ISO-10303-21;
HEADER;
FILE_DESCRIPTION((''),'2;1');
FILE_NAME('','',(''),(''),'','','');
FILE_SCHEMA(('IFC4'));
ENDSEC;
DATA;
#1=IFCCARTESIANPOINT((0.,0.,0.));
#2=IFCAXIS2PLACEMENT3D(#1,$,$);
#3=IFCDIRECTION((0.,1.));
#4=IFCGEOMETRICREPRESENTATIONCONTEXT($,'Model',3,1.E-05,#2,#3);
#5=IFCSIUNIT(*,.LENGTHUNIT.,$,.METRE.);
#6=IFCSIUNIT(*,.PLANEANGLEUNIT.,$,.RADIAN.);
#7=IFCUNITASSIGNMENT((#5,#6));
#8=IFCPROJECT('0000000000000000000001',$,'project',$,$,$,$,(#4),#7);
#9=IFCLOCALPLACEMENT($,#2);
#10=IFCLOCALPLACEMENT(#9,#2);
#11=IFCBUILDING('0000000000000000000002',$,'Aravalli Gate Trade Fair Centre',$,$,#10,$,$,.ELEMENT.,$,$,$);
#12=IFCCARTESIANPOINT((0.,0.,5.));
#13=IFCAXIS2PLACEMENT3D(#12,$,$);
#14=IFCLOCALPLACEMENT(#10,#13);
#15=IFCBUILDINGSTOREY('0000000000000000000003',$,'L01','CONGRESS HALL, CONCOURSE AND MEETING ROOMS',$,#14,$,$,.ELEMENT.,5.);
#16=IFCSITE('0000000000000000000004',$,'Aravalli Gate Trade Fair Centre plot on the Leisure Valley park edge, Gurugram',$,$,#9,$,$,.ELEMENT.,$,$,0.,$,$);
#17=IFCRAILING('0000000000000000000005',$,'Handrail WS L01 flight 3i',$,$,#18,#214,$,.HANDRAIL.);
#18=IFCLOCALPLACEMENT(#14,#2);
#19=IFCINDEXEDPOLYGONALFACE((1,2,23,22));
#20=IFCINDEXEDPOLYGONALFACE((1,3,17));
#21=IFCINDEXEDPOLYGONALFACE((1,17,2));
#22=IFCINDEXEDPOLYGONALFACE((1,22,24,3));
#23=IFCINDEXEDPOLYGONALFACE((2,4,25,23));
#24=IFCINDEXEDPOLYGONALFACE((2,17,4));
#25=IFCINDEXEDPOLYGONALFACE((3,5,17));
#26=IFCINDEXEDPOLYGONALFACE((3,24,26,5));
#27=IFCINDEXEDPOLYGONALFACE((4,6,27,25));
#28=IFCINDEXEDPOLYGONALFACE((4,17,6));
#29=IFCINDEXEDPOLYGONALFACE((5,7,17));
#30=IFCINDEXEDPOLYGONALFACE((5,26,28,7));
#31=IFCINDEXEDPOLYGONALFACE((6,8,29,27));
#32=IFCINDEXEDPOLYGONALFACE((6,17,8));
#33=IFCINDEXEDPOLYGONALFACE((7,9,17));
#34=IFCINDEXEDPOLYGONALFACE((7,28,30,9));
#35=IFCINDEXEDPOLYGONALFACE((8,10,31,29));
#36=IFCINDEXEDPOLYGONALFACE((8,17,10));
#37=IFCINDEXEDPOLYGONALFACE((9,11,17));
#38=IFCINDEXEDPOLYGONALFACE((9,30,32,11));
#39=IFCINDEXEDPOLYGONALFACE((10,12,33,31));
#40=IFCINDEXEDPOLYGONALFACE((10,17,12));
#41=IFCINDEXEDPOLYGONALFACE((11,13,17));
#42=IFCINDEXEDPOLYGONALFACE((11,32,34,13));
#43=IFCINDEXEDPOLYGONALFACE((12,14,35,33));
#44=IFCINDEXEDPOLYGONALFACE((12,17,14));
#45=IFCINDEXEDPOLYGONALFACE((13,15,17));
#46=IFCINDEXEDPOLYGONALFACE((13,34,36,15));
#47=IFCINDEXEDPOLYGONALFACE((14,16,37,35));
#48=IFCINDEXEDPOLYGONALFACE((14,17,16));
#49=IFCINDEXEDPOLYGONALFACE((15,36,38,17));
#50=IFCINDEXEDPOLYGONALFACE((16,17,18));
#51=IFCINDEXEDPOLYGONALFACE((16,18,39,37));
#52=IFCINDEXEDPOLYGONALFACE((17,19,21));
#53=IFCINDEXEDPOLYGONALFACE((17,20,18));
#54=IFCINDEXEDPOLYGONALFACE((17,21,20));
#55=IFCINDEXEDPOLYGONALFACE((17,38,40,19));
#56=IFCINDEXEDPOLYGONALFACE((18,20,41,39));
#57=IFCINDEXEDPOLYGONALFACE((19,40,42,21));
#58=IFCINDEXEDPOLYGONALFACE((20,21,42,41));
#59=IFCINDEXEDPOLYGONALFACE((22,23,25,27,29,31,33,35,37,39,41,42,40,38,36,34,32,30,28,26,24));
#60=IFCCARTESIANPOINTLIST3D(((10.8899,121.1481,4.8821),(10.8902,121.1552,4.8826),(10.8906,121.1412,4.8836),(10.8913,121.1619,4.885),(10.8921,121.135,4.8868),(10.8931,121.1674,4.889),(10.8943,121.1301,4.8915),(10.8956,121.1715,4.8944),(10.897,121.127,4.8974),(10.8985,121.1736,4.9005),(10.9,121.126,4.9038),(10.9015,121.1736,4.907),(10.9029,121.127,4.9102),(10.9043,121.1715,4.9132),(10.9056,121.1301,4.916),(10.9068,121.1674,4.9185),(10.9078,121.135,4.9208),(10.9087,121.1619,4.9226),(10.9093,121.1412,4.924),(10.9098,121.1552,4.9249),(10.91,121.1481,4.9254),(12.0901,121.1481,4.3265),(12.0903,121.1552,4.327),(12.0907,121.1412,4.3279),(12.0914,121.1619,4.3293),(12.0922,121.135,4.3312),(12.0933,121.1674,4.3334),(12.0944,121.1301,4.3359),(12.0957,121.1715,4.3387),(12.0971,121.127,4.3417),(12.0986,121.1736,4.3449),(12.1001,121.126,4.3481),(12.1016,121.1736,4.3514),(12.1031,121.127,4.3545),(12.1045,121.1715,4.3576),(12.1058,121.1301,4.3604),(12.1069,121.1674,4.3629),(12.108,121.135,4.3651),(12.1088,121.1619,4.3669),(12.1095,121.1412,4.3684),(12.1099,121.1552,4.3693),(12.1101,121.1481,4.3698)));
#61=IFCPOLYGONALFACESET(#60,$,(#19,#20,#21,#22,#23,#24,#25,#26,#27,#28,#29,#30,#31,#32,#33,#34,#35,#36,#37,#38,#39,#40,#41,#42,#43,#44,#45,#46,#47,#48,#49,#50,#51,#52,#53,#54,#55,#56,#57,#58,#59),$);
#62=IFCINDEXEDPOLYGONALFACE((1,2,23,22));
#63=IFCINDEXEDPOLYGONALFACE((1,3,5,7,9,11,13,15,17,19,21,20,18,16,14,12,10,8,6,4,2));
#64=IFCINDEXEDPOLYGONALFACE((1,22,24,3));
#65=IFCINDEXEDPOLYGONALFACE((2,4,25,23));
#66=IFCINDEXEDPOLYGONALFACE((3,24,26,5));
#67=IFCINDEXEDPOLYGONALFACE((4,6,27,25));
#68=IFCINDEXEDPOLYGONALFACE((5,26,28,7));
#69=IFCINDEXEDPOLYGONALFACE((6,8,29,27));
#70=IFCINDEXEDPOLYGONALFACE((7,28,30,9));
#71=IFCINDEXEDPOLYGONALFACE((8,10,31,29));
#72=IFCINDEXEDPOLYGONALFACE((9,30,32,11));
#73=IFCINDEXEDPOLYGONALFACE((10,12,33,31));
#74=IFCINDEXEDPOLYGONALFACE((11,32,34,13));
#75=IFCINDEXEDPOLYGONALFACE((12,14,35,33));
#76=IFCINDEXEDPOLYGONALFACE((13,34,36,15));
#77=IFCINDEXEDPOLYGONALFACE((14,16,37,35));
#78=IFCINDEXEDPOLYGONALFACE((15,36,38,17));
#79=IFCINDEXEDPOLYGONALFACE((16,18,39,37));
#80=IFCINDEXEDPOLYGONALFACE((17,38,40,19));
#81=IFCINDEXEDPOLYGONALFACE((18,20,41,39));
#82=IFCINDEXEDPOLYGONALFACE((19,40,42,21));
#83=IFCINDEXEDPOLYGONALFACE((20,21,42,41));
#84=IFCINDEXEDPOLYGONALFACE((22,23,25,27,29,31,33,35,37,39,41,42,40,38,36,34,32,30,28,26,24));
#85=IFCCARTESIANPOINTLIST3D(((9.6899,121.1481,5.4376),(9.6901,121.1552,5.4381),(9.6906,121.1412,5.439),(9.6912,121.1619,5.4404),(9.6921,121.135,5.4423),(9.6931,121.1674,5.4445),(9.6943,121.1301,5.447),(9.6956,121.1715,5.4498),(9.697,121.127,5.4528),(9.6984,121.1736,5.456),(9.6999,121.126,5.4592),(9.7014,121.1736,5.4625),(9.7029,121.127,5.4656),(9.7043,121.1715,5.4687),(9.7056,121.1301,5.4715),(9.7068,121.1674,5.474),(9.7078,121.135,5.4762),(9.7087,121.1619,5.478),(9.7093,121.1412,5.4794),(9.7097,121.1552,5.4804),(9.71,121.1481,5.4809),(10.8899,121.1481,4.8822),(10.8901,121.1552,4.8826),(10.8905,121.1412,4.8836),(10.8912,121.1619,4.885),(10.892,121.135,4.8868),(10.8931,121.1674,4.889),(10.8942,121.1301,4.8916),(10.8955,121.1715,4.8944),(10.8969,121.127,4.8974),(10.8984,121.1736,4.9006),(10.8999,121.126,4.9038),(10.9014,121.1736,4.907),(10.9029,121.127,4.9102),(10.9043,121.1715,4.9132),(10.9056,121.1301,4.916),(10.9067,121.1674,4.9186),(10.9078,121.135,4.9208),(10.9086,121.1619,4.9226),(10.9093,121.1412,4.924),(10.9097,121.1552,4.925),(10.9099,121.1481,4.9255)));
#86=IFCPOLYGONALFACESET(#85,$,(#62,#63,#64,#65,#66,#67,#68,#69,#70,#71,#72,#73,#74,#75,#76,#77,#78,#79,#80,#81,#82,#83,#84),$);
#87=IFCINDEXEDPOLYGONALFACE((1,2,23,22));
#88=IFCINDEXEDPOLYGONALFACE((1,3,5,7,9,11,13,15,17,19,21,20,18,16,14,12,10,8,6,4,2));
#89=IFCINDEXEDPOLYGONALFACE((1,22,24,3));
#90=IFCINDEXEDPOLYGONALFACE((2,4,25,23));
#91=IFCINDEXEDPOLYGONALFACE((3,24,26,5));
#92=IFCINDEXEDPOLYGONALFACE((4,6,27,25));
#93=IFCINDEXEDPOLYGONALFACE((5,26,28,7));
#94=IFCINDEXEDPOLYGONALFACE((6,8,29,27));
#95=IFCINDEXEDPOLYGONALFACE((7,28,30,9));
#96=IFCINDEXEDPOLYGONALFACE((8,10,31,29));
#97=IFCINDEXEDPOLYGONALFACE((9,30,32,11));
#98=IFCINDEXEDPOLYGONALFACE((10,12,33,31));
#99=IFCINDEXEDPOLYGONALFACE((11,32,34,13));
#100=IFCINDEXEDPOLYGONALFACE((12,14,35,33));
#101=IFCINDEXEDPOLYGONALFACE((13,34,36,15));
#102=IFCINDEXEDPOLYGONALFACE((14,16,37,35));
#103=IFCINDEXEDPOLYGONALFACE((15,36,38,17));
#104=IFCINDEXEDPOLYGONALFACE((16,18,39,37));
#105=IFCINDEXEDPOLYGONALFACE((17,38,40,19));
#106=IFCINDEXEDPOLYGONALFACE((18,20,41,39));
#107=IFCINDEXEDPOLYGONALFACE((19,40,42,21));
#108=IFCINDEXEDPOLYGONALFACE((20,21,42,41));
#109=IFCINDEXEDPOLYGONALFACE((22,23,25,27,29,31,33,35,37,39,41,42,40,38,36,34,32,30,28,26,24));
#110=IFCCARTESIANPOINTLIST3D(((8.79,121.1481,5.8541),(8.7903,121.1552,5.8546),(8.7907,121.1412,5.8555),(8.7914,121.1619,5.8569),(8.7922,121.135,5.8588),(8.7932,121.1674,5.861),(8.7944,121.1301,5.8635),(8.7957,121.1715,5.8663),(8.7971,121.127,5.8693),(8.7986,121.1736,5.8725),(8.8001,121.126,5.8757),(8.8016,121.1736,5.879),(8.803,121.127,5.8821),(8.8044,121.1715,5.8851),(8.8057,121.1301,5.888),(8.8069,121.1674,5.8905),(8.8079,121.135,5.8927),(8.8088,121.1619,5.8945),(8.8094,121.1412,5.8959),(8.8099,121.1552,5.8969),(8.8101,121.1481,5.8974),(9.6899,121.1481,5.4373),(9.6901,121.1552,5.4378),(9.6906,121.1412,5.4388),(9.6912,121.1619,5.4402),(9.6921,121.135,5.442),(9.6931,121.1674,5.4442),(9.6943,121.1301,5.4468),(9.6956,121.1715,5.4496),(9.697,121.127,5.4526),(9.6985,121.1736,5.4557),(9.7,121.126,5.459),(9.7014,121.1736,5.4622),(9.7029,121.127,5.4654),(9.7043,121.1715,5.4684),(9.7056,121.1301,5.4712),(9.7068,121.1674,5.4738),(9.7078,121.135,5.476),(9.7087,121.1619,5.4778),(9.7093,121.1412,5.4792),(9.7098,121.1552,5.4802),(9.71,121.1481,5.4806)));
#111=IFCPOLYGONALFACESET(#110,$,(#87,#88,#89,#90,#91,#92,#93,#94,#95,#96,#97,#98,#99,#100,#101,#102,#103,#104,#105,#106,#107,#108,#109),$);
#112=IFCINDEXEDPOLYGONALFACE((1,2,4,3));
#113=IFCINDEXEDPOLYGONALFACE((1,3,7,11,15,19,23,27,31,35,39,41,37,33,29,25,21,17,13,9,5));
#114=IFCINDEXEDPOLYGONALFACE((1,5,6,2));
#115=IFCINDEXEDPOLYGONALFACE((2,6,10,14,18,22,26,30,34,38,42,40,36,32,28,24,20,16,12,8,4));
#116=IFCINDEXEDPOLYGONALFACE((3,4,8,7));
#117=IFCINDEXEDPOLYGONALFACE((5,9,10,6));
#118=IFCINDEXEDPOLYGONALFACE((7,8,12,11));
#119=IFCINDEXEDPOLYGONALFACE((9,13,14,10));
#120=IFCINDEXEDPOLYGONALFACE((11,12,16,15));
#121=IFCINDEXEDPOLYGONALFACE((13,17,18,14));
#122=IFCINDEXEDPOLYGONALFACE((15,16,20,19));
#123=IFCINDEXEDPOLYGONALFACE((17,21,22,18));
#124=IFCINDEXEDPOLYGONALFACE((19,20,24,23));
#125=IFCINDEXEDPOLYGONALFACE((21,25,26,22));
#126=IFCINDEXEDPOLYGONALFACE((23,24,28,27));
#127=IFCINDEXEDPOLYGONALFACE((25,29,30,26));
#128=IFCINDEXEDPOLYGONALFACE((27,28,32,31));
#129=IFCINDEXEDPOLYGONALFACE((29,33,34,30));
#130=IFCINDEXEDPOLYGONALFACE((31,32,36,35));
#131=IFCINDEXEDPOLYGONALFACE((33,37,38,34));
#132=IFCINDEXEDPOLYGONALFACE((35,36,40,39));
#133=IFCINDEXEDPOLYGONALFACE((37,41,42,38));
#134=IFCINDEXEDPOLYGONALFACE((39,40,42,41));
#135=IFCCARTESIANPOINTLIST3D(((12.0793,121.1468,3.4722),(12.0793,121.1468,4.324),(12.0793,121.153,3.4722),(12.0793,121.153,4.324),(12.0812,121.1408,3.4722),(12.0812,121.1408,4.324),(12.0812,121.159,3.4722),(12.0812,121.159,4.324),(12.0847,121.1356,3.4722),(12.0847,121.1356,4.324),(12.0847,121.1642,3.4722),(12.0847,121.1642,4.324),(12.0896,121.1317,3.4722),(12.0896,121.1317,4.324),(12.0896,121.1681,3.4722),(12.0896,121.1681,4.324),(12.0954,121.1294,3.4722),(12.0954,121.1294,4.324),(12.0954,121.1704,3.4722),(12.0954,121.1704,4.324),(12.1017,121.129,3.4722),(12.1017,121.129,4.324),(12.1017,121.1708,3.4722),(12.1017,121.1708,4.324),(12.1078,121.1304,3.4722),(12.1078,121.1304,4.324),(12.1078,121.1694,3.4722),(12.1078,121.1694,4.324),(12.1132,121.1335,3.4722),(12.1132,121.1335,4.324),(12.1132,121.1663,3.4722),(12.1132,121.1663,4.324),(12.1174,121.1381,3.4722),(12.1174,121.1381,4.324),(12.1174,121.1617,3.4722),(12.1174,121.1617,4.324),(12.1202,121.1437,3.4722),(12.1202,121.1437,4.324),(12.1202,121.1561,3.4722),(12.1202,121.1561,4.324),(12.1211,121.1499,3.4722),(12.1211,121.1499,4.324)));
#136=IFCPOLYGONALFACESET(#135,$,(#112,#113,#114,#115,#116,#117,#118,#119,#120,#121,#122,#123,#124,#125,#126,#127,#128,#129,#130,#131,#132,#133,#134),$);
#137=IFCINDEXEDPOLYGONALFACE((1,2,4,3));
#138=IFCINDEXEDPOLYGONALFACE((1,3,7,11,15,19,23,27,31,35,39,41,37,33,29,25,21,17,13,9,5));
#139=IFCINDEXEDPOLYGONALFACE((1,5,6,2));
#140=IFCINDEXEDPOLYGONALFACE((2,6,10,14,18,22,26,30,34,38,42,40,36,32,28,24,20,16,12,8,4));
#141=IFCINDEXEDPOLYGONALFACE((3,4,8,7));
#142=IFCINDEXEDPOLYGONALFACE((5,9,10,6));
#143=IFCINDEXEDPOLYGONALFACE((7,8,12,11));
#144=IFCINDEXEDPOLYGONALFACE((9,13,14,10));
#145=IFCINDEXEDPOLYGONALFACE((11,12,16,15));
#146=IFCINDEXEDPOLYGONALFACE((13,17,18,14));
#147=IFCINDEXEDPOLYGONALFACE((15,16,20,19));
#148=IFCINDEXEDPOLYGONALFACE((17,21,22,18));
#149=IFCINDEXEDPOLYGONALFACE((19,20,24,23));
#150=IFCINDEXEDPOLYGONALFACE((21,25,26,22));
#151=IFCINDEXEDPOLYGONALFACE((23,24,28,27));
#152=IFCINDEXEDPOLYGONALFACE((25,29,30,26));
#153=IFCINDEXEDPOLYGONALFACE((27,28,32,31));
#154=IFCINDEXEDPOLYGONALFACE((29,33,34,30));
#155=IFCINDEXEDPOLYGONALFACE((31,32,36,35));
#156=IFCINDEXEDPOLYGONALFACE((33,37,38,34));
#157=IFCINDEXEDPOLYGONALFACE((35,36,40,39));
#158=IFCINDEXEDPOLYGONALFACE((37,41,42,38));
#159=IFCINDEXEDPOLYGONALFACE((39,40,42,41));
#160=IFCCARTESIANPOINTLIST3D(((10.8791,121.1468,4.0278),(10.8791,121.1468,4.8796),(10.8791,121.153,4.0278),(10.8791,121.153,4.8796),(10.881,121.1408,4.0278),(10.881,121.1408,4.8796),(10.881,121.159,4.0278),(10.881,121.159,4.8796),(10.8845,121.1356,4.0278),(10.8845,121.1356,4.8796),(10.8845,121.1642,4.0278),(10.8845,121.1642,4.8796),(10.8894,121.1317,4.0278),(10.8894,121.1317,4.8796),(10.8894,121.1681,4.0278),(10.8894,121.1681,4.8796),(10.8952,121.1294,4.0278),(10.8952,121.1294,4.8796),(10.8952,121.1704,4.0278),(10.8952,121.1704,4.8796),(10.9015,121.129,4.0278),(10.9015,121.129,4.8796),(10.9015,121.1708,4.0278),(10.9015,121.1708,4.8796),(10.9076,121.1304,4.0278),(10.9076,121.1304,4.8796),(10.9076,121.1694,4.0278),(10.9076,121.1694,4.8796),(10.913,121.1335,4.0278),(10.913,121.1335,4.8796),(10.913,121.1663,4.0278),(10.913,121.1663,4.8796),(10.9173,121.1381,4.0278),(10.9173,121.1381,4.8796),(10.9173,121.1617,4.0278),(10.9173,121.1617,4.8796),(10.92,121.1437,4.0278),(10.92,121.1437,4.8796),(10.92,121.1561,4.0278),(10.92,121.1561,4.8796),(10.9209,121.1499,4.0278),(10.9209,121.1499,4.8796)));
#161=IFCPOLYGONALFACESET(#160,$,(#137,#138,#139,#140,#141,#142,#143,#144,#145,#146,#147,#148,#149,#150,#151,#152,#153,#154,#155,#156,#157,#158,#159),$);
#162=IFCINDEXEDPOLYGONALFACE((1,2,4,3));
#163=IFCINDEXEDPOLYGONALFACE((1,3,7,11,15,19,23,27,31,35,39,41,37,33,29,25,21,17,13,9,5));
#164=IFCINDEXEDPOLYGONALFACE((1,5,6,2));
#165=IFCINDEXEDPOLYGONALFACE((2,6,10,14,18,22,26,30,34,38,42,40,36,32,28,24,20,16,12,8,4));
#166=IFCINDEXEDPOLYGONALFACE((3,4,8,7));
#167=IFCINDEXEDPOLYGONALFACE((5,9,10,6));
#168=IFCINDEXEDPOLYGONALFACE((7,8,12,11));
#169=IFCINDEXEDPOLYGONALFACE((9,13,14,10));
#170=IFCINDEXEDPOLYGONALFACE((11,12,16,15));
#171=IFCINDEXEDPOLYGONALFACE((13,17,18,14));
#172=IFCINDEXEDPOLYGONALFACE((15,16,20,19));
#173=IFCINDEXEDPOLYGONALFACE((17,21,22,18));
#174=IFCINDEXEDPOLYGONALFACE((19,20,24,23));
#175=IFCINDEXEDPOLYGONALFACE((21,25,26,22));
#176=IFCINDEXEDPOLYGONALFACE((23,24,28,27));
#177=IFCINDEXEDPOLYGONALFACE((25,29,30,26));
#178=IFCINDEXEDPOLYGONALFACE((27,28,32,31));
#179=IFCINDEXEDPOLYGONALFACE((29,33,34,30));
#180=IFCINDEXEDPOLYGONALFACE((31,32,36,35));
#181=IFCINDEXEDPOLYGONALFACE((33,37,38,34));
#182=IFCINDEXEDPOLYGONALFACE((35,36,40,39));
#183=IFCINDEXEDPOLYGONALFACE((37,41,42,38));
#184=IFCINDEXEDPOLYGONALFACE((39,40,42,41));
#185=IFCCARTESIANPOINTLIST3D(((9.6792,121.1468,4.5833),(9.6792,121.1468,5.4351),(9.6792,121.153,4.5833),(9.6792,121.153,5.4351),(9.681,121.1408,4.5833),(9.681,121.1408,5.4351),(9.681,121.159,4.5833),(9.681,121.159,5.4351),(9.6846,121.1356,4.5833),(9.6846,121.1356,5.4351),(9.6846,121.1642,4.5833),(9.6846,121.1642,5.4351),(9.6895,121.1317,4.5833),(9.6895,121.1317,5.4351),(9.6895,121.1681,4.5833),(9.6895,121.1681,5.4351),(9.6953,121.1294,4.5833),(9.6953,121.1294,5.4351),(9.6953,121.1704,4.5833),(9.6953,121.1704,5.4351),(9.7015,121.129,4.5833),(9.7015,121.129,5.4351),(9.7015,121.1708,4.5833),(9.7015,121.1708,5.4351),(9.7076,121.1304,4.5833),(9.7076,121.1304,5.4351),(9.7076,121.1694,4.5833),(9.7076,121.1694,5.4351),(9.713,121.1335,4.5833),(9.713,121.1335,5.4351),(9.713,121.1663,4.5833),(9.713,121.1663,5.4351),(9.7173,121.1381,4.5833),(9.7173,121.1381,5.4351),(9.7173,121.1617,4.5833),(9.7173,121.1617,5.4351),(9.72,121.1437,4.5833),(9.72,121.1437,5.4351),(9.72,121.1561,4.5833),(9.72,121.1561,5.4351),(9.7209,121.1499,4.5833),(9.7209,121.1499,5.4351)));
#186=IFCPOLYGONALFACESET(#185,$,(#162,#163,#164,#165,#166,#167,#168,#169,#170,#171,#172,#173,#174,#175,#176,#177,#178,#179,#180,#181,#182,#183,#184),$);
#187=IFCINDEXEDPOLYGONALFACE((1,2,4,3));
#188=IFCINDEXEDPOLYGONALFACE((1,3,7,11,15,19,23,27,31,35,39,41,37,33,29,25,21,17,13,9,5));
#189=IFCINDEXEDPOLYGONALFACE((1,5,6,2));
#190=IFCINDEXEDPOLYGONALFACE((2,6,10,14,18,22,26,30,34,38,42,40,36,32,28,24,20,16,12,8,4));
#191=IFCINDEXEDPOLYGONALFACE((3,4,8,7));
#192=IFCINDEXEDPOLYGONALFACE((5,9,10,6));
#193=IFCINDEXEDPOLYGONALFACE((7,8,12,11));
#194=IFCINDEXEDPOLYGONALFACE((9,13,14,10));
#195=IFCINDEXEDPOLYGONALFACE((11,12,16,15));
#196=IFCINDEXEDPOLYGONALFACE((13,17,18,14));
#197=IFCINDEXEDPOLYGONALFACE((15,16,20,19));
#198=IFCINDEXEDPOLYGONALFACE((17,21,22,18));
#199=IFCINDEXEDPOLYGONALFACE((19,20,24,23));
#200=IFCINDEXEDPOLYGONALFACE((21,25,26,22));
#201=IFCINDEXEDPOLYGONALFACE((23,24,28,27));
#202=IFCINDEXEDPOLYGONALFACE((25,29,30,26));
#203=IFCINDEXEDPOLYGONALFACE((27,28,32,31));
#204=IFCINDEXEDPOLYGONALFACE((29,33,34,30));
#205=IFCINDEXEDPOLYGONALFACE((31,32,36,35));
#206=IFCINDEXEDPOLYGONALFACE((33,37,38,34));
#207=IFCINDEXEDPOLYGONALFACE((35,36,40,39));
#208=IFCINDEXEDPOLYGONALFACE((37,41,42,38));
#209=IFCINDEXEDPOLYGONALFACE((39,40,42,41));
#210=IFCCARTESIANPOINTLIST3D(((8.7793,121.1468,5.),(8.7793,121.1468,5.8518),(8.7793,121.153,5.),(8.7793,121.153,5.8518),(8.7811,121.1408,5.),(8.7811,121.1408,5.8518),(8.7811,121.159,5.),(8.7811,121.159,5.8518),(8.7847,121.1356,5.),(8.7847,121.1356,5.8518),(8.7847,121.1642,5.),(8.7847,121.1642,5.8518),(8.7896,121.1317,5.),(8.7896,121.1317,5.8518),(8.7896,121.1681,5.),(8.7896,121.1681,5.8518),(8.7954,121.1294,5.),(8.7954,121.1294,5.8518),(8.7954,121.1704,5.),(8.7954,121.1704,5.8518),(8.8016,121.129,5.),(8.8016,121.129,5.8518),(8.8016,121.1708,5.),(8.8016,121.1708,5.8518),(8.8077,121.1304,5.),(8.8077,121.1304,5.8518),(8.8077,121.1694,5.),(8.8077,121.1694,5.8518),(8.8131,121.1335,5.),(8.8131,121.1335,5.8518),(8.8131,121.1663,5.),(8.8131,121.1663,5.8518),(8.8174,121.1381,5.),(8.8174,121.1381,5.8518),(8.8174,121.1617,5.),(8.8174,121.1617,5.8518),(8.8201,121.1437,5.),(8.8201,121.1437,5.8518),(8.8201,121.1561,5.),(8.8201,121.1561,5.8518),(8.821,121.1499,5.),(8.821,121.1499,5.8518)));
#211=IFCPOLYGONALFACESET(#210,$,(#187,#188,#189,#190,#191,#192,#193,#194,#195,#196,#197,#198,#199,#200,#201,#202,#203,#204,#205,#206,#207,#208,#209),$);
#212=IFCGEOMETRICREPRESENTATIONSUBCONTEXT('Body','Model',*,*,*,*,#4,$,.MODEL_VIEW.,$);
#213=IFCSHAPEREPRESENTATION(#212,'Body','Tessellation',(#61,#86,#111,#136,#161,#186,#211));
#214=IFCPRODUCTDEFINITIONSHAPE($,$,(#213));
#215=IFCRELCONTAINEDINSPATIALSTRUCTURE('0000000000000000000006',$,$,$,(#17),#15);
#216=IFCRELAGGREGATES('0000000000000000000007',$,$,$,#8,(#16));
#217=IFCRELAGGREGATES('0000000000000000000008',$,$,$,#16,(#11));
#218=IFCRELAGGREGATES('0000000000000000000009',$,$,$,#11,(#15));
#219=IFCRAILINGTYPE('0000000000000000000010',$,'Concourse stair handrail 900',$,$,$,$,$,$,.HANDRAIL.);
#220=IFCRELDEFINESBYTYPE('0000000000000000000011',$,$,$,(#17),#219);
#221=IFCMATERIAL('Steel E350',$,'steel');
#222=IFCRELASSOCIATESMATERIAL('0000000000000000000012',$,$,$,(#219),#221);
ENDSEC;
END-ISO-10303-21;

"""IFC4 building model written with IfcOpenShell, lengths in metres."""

from ifc_helpers import new_model, si_unit, direction, frame, origin, origin_2d, place, context, subcontext, project, spatial, circle, extrude, material, type_object, element, save


model = new_model("IFC4")

# Units and contexts
model_context = context("Model", 3, precision=1e-05, world=origin(), true_north=direction((0.0, 1.0)))
body_context = subcontext(model_context, "Body", "Model", "MODEL_VIEW")
ifc_project = project(units=[si_unit("LENGTHUNIT", "METRE"), si_unit("PLANEANGLEUNIT", "RADIAN")], contexts=[model_context])

# Site, building, storey
site_placement = place(None, origin())
site = spatial("IfcSite", under=ifc_project, at=site_placement, Name="Aravalli Gate Trade Fair Centre plot on the Leisure Valley park edge, Gurugram", CompositionType="ELEMENT", RefElevation=0.0)
building_placement = place(site_placement, origin())
building = spatial("IfcBuilding", under=site, at=building_placement, Name="Aravalli Gate Trade Fair Centre", CompositionType="ELEMENT")
storey_placement = place(building_placement, frame((0.0, 0.0, 5.0)))
storey = spatial("IfcBuildingStorey", under=building, at=storey_placement, Name="L01", Description="CONGRESS HALL, CONCOURSE AND MEETING ROOMS", CompositionType="ELEMENT", Elevation=5.0)

# Shared definitions
ifc_material_1 = material(Name="Steel E350", Category="steel")

# Railing
railing_type = type_object("IfcRailingType", Name="Concourse stair handrail 900", PredefinedType="HANDRAIL", material=ifc_material_1)
for number, where, name in (
    (1, (12.1001, 121.1499, 3.4722), "Handrail WS L01 flight 3i"),
):
    element("IfcRailing", number, at=place(storey_placement, frame(where)), inside=storey, type_object=railing_type, Name=name, PredefinedType="HANDRAIL", context=body_context, shape_type="SweptSolid", body=[
        extrude(circle(Radius=0.0239, at=origin_2d()), frame((0.0, 0.0, 0.876), z_axis=(-0.907462, 0.0, 0.420135), x_axis=(0.0, -1.0, 0.0)), (0.0, 0.0, 1.0), 1.3225),
        extrude(circle(Radius=0.0239, at=origin_2d()), frame((-1.2002, 0.0, 1.4316), z_axis=(-0.907499, 0.0, 0.420053), x_axis=(0.0, -1.0, 0.0)), (0.0, 0.0, 1.0), 1.3223),
        extrude(circle(Radius=0.0239, at=origin_2d()), frame((-2.4001, 0.0, 1.9868), z_axis=(-0.907418, 0.0, 0.420229), x_axis=(0.0, -1.0, 0.0)), (0.0, 0.0, 1.0), 0.9917),
        extrude(circle(Radius=0.021, at=origin_2d()), origin(), (0.0, 0.0, 1.0), 0.8518),
        extrude(circle(Radius=0.021, at=origin_2d()), frame((-1.2002, 0.0, 0.5557)), (0.0, 0.0, 1.0), 0.8518),
        extrude(circle(Radius=0.021, at=origin_2d()), frame((-2.4001, 0.0, 1.1111)), (0.0, 0.0, 1.0), 0.8518),
        extrude(circle(Radius=0.021, at=origin_2d()), frame((-3.3, 0.0, 1.5278)), (0.0, 0.0, 1.0), 0.8518),
    ])

save(model, "model.ifc")
